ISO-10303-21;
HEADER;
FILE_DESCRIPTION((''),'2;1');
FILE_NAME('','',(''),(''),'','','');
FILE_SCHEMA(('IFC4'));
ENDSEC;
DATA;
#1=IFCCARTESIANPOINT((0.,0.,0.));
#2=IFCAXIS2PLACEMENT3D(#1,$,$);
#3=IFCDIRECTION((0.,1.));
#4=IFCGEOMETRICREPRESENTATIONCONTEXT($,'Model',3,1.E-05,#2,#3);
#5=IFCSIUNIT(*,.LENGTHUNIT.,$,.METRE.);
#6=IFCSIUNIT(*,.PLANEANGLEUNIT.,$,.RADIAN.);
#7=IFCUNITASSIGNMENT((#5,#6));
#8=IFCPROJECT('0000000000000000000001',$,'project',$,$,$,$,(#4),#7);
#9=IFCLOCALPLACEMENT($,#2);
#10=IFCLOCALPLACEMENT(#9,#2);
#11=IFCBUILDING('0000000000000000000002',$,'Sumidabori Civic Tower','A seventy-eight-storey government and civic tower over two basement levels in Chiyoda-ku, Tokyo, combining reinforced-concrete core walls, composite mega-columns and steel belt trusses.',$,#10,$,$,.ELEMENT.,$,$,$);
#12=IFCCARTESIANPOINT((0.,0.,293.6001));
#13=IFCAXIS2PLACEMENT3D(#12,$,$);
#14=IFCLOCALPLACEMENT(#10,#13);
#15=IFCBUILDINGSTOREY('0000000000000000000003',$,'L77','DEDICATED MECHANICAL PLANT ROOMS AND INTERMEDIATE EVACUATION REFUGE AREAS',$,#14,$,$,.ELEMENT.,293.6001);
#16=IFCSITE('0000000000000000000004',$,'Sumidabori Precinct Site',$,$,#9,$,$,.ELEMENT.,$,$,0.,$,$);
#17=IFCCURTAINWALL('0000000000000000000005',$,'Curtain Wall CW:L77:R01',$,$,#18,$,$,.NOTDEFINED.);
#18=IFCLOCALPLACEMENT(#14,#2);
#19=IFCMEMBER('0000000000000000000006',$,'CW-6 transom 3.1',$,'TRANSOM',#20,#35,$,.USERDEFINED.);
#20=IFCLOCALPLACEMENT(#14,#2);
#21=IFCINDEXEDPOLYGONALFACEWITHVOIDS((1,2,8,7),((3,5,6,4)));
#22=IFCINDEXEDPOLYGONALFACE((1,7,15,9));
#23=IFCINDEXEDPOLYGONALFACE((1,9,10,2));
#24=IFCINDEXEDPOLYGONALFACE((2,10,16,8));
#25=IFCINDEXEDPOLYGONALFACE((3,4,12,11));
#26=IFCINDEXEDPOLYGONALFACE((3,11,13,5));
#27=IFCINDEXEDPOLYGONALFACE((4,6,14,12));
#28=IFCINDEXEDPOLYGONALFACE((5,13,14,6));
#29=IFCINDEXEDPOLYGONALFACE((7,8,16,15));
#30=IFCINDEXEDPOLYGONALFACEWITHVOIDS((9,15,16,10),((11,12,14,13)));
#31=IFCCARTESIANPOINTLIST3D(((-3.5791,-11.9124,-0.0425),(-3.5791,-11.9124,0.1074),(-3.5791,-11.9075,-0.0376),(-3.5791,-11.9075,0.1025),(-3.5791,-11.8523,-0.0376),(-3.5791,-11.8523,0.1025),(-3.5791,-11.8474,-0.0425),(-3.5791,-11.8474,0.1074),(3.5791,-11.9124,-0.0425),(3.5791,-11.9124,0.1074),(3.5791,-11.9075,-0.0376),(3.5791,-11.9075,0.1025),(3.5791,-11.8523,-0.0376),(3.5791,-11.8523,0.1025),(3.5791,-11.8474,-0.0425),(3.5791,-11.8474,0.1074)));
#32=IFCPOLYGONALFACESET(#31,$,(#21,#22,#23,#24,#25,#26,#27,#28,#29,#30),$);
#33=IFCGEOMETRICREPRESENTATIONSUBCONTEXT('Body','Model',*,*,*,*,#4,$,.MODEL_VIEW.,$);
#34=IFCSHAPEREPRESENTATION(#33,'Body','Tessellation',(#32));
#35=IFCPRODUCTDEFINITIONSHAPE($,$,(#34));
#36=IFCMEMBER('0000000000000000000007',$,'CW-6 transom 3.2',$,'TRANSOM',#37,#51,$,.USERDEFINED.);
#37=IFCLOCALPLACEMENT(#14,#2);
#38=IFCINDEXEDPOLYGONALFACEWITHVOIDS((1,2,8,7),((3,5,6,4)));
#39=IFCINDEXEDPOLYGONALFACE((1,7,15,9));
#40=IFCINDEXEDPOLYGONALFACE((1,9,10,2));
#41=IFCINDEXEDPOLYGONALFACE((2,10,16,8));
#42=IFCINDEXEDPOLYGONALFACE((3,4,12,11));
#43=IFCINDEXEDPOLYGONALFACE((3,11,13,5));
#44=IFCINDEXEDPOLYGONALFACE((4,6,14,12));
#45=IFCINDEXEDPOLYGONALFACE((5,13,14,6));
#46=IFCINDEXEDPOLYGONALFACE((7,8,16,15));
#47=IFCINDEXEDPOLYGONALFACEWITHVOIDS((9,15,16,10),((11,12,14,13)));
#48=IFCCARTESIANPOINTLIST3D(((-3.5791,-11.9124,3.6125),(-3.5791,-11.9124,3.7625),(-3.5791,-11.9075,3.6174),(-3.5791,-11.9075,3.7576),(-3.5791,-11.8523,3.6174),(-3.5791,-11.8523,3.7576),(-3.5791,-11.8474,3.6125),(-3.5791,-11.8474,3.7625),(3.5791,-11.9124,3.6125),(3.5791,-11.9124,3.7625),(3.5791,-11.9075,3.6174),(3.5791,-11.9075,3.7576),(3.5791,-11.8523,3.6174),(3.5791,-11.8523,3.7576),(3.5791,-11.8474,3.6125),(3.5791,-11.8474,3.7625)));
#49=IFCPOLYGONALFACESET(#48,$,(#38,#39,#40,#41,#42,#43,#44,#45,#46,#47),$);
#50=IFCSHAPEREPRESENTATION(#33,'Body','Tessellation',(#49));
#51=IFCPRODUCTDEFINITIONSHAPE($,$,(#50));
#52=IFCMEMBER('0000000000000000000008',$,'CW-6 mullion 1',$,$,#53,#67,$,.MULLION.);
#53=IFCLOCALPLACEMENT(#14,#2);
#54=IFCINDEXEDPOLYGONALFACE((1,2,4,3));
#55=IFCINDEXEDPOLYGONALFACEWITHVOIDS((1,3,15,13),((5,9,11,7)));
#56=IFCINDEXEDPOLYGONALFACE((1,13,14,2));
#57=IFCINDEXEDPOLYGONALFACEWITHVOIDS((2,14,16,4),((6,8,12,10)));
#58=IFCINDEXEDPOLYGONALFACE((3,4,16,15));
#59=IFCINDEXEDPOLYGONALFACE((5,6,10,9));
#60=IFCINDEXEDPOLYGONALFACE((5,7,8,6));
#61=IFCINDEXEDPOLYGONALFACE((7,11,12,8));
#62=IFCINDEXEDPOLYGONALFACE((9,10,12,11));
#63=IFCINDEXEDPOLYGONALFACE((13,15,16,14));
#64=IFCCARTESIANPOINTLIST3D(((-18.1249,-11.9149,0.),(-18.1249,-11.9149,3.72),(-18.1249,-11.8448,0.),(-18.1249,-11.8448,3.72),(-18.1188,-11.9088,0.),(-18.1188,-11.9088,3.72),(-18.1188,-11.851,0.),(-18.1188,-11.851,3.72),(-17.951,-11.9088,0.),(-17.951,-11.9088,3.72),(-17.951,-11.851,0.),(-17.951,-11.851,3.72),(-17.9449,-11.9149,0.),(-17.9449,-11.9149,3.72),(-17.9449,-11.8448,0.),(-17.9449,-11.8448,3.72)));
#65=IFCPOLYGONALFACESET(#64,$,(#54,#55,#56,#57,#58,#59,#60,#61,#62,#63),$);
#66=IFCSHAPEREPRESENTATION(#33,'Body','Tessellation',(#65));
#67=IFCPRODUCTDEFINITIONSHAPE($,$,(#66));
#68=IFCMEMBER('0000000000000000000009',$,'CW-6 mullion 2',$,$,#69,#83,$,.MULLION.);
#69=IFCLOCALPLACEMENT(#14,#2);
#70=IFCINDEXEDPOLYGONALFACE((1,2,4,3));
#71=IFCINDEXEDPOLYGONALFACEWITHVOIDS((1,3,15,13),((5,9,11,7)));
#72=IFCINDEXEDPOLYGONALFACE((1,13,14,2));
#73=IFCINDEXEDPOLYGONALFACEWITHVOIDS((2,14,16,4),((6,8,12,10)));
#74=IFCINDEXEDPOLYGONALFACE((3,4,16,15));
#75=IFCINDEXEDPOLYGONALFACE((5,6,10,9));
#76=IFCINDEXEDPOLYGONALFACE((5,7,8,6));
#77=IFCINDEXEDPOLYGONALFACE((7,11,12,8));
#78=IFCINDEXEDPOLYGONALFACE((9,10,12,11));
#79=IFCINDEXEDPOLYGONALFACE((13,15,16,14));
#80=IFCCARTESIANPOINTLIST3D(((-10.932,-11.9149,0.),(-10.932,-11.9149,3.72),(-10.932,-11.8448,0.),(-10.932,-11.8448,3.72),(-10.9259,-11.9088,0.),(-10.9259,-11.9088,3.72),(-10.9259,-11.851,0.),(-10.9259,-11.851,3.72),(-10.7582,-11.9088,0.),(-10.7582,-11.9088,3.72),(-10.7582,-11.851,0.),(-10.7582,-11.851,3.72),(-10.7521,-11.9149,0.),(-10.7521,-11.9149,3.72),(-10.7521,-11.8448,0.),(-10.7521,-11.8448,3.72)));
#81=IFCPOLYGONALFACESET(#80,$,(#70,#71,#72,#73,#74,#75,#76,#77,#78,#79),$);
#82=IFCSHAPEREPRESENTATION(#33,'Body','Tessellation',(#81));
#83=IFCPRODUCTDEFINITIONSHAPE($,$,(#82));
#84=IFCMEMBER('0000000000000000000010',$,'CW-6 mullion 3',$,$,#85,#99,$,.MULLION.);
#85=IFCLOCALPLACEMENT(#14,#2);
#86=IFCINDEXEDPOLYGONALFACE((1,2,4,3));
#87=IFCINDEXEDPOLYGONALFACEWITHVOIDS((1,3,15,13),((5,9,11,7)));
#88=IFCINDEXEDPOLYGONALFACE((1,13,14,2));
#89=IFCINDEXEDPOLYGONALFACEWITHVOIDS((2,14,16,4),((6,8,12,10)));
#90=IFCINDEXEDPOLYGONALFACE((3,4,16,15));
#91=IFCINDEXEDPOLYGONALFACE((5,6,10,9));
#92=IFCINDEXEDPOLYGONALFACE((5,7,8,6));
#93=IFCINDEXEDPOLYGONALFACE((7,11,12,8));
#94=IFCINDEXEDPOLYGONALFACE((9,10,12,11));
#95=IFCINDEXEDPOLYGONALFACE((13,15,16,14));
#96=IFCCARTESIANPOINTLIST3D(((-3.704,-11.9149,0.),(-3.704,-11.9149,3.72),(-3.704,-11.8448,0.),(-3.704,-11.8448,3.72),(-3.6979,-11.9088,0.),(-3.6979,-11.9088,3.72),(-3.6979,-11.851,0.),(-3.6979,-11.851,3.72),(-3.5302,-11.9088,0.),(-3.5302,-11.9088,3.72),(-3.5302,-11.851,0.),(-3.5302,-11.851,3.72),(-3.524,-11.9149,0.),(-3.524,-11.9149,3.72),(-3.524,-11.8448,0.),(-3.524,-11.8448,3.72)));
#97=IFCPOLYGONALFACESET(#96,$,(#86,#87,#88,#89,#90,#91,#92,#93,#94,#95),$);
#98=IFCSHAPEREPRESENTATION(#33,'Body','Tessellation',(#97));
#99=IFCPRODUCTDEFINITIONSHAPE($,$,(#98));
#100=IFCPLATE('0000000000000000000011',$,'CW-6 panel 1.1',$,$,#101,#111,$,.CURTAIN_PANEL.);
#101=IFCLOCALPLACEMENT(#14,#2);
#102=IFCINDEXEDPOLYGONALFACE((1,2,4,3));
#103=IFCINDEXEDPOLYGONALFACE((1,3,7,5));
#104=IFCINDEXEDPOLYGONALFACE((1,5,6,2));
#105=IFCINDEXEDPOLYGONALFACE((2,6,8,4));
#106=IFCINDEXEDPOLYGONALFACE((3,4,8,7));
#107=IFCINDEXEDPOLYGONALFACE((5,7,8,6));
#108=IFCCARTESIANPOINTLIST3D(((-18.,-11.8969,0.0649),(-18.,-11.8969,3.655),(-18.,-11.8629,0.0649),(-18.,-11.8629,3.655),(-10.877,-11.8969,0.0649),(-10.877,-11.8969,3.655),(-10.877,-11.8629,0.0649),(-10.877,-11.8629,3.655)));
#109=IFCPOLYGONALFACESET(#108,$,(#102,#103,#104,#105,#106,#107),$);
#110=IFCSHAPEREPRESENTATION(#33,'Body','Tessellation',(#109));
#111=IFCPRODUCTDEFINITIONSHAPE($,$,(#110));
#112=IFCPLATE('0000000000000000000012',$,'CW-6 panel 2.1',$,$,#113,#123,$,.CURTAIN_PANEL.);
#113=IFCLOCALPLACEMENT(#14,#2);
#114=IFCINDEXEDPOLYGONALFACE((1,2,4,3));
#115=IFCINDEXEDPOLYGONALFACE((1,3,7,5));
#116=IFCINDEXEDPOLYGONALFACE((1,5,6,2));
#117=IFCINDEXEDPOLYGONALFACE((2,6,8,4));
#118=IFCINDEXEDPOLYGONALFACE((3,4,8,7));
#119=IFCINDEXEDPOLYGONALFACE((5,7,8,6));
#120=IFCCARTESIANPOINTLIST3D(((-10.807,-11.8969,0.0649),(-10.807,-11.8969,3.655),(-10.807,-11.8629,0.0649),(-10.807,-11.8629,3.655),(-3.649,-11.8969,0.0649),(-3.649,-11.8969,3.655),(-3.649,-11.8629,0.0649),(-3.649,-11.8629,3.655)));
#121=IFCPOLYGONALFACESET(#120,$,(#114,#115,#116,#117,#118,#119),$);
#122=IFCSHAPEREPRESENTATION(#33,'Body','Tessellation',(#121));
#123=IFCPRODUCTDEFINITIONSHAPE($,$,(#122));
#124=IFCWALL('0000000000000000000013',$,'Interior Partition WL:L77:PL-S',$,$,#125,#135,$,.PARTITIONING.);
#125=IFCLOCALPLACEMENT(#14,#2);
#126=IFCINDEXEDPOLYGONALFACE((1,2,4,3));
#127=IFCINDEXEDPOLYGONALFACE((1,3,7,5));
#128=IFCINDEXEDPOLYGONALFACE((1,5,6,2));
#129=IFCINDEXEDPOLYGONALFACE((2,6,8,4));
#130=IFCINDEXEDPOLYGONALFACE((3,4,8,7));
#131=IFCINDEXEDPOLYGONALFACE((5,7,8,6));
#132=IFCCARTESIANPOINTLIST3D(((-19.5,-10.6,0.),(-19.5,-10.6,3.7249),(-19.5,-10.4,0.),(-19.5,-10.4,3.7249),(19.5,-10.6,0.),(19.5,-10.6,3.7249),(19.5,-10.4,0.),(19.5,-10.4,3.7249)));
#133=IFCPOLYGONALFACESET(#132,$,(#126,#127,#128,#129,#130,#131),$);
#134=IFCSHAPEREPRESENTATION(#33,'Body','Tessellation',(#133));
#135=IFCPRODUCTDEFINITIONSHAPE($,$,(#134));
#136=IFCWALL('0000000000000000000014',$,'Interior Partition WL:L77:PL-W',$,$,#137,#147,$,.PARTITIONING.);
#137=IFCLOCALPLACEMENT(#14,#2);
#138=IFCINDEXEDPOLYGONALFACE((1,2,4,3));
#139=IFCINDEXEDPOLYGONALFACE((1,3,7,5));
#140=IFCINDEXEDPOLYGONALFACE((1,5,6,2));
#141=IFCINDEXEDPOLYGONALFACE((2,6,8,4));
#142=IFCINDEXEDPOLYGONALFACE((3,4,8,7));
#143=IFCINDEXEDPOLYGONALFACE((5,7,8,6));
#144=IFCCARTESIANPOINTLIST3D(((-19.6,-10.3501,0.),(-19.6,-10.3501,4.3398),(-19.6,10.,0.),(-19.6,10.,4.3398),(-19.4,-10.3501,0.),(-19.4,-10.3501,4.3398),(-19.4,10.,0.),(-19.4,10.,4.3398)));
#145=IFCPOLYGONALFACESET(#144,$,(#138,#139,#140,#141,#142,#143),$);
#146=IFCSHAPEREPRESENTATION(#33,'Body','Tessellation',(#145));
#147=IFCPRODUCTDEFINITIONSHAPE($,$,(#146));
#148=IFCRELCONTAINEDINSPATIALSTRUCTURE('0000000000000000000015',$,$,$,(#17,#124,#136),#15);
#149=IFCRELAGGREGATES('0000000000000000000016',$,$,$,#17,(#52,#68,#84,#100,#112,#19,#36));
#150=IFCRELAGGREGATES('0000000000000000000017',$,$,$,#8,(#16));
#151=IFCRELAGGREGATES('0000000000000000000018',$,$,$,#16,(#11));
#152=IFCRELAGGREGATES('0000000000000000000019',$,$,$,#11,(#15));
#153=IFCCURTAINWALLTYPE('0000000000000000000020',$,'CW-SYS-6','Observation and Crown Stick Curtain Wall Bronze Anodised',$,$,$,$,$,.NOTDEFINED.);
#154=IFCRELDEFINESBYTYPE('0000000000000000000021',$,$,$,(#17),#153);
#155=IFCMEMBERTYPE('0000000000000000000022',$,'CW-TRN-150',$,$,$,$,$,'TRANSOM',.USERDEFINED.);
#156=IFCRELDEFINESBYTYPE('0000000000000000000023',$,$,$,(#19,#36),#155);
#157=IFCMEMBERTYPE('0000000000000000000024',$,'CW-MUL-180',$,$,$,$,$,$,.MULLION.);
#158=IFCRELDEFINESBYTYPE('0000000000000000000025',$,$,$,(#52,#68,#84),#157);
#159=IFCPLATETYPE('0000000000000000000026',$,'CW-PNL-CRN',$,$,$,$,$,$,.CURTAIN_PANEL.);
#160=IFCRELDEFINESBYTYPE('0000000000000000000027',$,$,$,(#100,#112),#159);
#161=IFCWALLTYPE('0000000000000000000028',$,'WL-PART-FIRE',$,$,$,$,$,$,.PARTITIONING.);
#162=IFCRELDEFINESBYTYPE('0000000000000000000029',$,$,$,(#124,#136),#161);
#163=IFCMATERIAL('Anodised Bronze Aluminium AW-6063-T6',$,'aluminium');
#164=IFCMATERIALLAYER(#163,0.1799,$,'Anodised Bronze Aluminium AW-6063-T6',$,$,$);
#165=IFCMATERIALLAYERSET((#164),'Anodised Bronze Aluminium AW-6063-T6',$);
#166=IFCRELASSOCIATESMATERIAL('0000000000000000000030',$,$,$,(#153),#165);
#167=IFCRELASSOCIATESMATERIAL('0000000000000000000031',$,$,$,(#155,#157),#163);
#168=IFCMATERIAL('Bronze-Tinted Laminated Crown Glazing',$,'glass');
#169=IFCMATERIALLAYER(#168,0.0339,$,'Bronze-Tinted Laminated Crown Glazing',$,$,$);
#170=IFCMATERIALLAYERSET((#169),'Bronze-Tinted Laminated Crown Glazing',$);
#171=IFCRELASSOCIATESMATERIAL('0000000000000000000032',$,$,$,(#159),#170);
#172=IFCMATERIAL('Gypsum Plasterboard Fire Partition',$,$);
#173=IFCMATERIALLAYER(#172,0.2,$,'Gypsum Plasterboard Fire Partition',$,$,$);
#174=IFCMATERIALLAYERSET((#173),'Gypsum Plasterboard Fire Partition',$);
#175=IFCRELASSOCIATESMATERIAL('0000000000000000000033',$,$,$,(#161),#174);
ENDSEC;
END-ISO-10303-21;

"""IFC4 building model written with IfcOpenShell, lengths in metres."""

from ifc_helpers import new_model, si_unit, direction, frame, frame_2d, origin, origin_2d, place, context, subcontext, project, spatial, rectangle, hollow_rectangle, extrude, source, transform, mapped, material, layer, layer_set, material_profile, profile_set, type_object, element, aggregate, save


model = new_model("IFC4")

# Units and contexts
model_context = context("Model", 3, precision=1e-05, world=origin(), true_north=direction((0.0, 1.0)))
body_context = subcontext(model_context, "Body", "Model", "MODEL_VIEW")
ifc_project = project(units=[si_unit("LENGTHUNIT", "METRE"), si_unit("PLANEANGLEUNIT", "RADIAN")], contexts=[model_context])

# Site, building, storey
site_placement = place(None, origin())
site = spatial("IfcSite", under=ifc_project, at=site_placement, Name="Sumidabori Precinct Site", CompositionType="ELEMENT", RefElevation=0.0)
building_placement = place(site_placement, origin())
building = spatial("IfcBuilding", under=site, at=building_placement, Name="Sumidabori Civic Tower", Description="A seventy-eight-storey government and civic tower over two basement levels in Chiyoda-ku, Tokyo, combining reinforced-concrete core walls, composite mega-columns and steel belt trusses.", CompositionType="ELEMENT")
storey_placement = place(building_placement, frame((0.0, 0.0, 293.6001)))
storey = spatial("IfcBuildingStorey", under=building, at=storey_placement, Name="L77", Description="DEDICATED MECHANICAL PLANT ROOMS AND INTERMEDIATE EVACUATION REFUGE AREAS", CompositionType="ELEMENT", Elevation=293.6001)

# Curtain wall, members, plates
ifc_material_1 = material(Name="Anodised Bronze Aluminium AW-6063-T6", Category="aluminium")
ifc_layer_1 = layer(ifc_material_1, 0.1799, Name="Anodised Bronze Aluminium AW-6063-T6")
ifc_layer_set_1 = layer_set([ifc_layer_1], Name="Anodised Bronze Aluminium AW-6063-T6")
curtain_wall_type = type_object("IfcCurtainWallType", Name="CW-SYS-6", Description="Observation and Crown Stick Curtain Wall Bronze Anodised", PredefinedType="NOTDEFINED", material=ifc_layer_set_1)
curtain_wall_placement = place(storey_placement, origin())
curtain_wall = element("IfcCurtainWall", 1, at=curtain_wall_placement, inside=storey, type_object=curtain_wall_type, Name="Curtain Wall CW:L77:R01", PredefinedType="NOTDEFINED")
ifc_material_profile_1 = material_profile(ifc_material_1, hollow_rectangle(XDim=0.0649, YDim=0.1499, WallThickness=0.0049, at=origin_2d()), Name="ALU TRANSOM 150x65")
ifc_profile_set_1 = profile_set([ifc_material_profile_1], Name="Anodised Bronze Aluminium AW-6063-T6")
member_type_1 = type_object("IfcMemberType", Name="CW-TRN-150", ElementType="TRANSOM", PredefinedType="USERDEFINED", material=ifc_profile_set_1)
shared_shape_1 = source(origin(), body_context, "Body", "SweptSolid", [
    extrude(hollow_rectangle(XDim=0.0649, YDim=0.1499, WallThickness=0.0049, at=origin_2d()), origin(), (0.0, 0.0, 1.0), 7.1582),
])
member_1_placement = place(storey_placement, frame((-3.5791, -11.8799, 0.0325), z_axis=(1.0, 0.0, 0.0), x_axis=(0.0, 1.0, 0.0)))
member_1 = element("IfcMember", 2, at=member_1_placement, type_object=member_type_1, Name="CW-6 transom 3.1", ObjectType="TRANSOM", PredefinedType="USERDEFINED", context=body_context, shape_type="MappedRepresentation", body=[
    mapped(shared_shape_1, transform((0.0, 0.0, 0.0), x_axis=(1.0, 0.0, 0.0), y_axis=(0.0, 1.0, 0.0), z_axis=(0.0, 0.0, 1.0), scale=1.0)),
])
member_2_placement = place(storey_placement, frame((-3.5791, -11.8799, 3.6875), z_axis=(1.0, 0.0, 0.0), x_axis=(0.0, 1.0, 0.0)))
member_2 = element("IfcMember", 3, at=member_2_placement, type_object=member_type_1, Name="CW-6 transom 3.2", ObjectType="TRANSOM", PredefinedType="USERDEFINED", context=body_context, shape_type="MappedRepresentation", body=[
    mapped(shared_shape_1, transform((0.0, 0.0, 0.0), x_axis=(1.0, 0.0, 0.0), y_axis=(0.0, 1.0, 0.0), z_axis=(0.0, 0.0, 1.0), scale=1.0)),
])
ifc_material_profile_2 = material_profile(ifc_material_1, hollow_rectangle(XDim=0.0701, YDim=0.1799, WallThickness=0.0061, at=origin_2d()), Name="ALU MULLION 180x70")
ifc_profile_set_2 = profile_set([ifc_material_profile_2], Name="Anodised Bronze Aluminium AW-6063-T6")
member_type_2 = type_object("IfcMemberType", Name="CW-MUL-180", PredefinedType="MULLION", material=ifc_profile_set_2)
shared_shape_2 = source(origin(), body_context, "Body", "SweptSolid", [
    extrude(hollow_rectangle(XDim=0.0701, YDim=0.1799, WallThickness=0.0061, at=origin_2d()), origin(), (0.0, 0.0, 1.0), 3.72),
])
member_3_placement = place(storey_placement, frame((-18.0349, -11.8799, 0.0), z_axis=(0.0, 0.0, 1.0), x_axis=(0.0, 1.0, 0.0)))
member_3 = element("IfcMember", 4, at=member_3_placement, type_object=member_type_2, Name="CW-6 mullion 1", PredefinedType="MULLION", context=body_context, shape_type="MappedRepresentation", body=[
    mapped(shared_shape_2, transform((0.0, 0.0, 0.0), x_axis=(1.0, 0.0, 0.0), y_axis=(0.0, 1.0, 0.0), z_axis=(0.0, 0.0, 1.0), scale=1.0)),
])
member_4_placement = place(storey_placement, frame((-10.842, -11.8799, 0.0), z_axis=(0.0, 0.0, 1.0), x_axis=(0.0, 1.0, 0.0)))
member_4 = element("IfcMember", 5, at=member_4_placement, type_object=member_type_2, Name="CW-6 mullion 2", PredefinedType="MULLION", context=body_context, shape_type="MappedRepresentation", body=[
    mapped(shared_shape_2, transform((0.0, 0.0, 0.0), x_axis=(1.0, 0.0, 0.0), y_axis=(0.0, 1.0, 0.0), z_axis=(0.0, 0.0, 1.0), scale=1.0)),
])
member_5_placement = place(storey_placement, frame((-3.614, -11.8799, 0.0), z_axis=(0.0, 0.0, 1.0), x_axis=(0.0, 1.0, 0.0)))
member_5 = element("IfcMember", 6, at=member_5_placement, type_object=member_type_2, Name="CW-6 mullion 3", PredefinedType="MULLION", context=body_context, shape_type="MappedRepresentation", body=[
    mapped(shared_shape_2, transform((0.0, 0.0, 0.0), x_axis=(1.0, 0.0, 0.0), y_axis=(0.0, 1.0, 0.0), z_axis=(0.0, 0.0, 1.0), scale=1.0)),
])
ifc_material_2 = material(Name="Bronze-Tinted Laminated Crown Glazing", Category="glass")
ifc_layer_2 = layer(ifc_material_2, 0.0339, Name="Bronze-Tinted Laminated Crown Glazing")
ifc_layer_set_2 = layer_set([ifc_layer_2], Name="Bronze-Tinted Laminated Crown Glazing")
plate_type = type_object("IfcPlateType", Name="CW-PNL-CRN", PredefinedType="CURTAIN_PANEL", material=ifc_layer_set_2)
shared_shape_3 = source(origin(), body_context, "Body", "SweptSolid", [
    extrude(rectangle(XDim=7.123, YDim=0.0339, at=origin_2d()), origin(), (0.0, 0.0, 1.0), 3.5901),
])
plate_1_placement = place(storey_placement, frame((-14.4385, -11.8799, 0.0649), z_axis=(0.0, 0.0, 1.0), x_axis=(1.0, 0.0, 0.0)))
plate_1 = element("IfcPlate", 7, at=plate_1_placement, type_object=plate_type, Name="CW-6 panel 1.1", PredefinedType="CURTAIN_PANEL", context=body_context, shape_type="MappedRepresentation", body=[
    mapped(shared_shape_3, transform((0.0, 0.0, 0.0), x_axis=(1.0, 0.0, 0.0), y_axis=(0.0, 1.0, 0.0), z_axis=(0.0, 0.0, 1.0), scale=1.0)),
])
shared_shape_4 = source(origin(), body_context, "Body", "SweptSolid", [
    extrude(rectangle(XDim=7.158, YDim=0.0339, at=origin_2d()), origin(), (0.0, 0.0, 1.0), 3.5901),
])
plate_2_placement = place(storey_placement, frame((-7.228, -11.8799, 0.0649), z_axis=(0.0, 0.0, 1.0), x_axis=(1.0, 0.0, 0.0)))
plate_2 = element("IfcPlate", 8, at=plate_2_placement, type_object=plate_type, Name="CW-6 panel 2.1", PredefinedType="CURTAIN_PANEL", context=body_context, shape_type="MappedRepresentation", body=[
    mapped(shared_shape_4, transform((0.0, 0.0, 0.0), x_axis=(1.0, 0.0, 0.0), y_axis=(0.0, 1.0, 0.0), z_axis=(0.0, 0.0, 1.0), scale=1.0)),
])
aggregate(curtain_wall, [member_3, member_4, member_5, plate_1, plate_2, member_1, member_2])

# Walls
ifc_material_3 = material(Name="Gypsum Plasterboard Fire Partition")
ifc_layer_3 = layer(ifc_material_3, 0.2, Name="Gypsum Plasterboard Fire Partition")
ifc_layer_set_3 = layer_set([ifc_layer_3], Name="Gypsum Plasterboard Fire Partition")
wall_type = type_object("IfcWallType", Name="WL-PART-FIRE", PredefinedType="PARTITIONING", material=ifc_layer_set_3)
shared_shape_5 = source(origin(), body_context, "Body", "SweptSolid", [
    extrude(rectangle(XDim=39.0, YDim=0.2, at=frame_2d((19.5, 0.0))), origin(), (0.0, 0.0, 1.0), 3.7249),
])
wall_1_placement = place(storey_placement, frame((-19.5, -10.5, 0.0), z_axis=(0.0, 0.0, 1.0), x_axis=(1.0, 0.0, 0.0)))
element("IfcWall", 9, at=wall_1_placement, inside=storey, type_object=wall_type, Name="Interior Partition WL:L77:PL-S", PredefinedType="PARTITIONING", context=body_context, shape_type="MappedRepresentation", body=[
    mapped(shared_shape_5, transform((0.0, 0.0, 0.0), x_axis=(1.0, 0.0, 0.0), y_axis=(0.0, 1.0, 0.0), z_axis=(0.0, 0.0, 1.0), scale=1.0)),
])
shared_shape_6 = source(origin(), body_context, "Body", "SweptSolid", [
    extrude(rectangle(XDim=20.3501, YDim=0.2, at=frame_2d((10.175, 0.0))), origin(), (0.0, 0.0, 1.0), 4.3398),
])
wall_2_placement = place(storey_placement, frame((-19.5, -10.3501, 0.0), z_axis=(0.0, 0.0, 1.0), x_axis=(0.0, 1.0, 0.0)))
element("IfcWall", 10, at=wall_2_placement, inside=storey, type_object=wall_type, Name="Interior Partition WL:L77:PL-W", PredefinedType="PARTITIONING", context=body_context, shape_type="MappedRepresentation", body=[
    mapped(shared_shape_6, transform((0.0, 0.0, 0.0), x_axis=(1.0, 0.0, 0.0), y_axis=(0.0, 1.0, 0.0), z_axis=(0.0, 0.0, 1.0), scale=1.0)),
])

save(model, "model.ifc")
